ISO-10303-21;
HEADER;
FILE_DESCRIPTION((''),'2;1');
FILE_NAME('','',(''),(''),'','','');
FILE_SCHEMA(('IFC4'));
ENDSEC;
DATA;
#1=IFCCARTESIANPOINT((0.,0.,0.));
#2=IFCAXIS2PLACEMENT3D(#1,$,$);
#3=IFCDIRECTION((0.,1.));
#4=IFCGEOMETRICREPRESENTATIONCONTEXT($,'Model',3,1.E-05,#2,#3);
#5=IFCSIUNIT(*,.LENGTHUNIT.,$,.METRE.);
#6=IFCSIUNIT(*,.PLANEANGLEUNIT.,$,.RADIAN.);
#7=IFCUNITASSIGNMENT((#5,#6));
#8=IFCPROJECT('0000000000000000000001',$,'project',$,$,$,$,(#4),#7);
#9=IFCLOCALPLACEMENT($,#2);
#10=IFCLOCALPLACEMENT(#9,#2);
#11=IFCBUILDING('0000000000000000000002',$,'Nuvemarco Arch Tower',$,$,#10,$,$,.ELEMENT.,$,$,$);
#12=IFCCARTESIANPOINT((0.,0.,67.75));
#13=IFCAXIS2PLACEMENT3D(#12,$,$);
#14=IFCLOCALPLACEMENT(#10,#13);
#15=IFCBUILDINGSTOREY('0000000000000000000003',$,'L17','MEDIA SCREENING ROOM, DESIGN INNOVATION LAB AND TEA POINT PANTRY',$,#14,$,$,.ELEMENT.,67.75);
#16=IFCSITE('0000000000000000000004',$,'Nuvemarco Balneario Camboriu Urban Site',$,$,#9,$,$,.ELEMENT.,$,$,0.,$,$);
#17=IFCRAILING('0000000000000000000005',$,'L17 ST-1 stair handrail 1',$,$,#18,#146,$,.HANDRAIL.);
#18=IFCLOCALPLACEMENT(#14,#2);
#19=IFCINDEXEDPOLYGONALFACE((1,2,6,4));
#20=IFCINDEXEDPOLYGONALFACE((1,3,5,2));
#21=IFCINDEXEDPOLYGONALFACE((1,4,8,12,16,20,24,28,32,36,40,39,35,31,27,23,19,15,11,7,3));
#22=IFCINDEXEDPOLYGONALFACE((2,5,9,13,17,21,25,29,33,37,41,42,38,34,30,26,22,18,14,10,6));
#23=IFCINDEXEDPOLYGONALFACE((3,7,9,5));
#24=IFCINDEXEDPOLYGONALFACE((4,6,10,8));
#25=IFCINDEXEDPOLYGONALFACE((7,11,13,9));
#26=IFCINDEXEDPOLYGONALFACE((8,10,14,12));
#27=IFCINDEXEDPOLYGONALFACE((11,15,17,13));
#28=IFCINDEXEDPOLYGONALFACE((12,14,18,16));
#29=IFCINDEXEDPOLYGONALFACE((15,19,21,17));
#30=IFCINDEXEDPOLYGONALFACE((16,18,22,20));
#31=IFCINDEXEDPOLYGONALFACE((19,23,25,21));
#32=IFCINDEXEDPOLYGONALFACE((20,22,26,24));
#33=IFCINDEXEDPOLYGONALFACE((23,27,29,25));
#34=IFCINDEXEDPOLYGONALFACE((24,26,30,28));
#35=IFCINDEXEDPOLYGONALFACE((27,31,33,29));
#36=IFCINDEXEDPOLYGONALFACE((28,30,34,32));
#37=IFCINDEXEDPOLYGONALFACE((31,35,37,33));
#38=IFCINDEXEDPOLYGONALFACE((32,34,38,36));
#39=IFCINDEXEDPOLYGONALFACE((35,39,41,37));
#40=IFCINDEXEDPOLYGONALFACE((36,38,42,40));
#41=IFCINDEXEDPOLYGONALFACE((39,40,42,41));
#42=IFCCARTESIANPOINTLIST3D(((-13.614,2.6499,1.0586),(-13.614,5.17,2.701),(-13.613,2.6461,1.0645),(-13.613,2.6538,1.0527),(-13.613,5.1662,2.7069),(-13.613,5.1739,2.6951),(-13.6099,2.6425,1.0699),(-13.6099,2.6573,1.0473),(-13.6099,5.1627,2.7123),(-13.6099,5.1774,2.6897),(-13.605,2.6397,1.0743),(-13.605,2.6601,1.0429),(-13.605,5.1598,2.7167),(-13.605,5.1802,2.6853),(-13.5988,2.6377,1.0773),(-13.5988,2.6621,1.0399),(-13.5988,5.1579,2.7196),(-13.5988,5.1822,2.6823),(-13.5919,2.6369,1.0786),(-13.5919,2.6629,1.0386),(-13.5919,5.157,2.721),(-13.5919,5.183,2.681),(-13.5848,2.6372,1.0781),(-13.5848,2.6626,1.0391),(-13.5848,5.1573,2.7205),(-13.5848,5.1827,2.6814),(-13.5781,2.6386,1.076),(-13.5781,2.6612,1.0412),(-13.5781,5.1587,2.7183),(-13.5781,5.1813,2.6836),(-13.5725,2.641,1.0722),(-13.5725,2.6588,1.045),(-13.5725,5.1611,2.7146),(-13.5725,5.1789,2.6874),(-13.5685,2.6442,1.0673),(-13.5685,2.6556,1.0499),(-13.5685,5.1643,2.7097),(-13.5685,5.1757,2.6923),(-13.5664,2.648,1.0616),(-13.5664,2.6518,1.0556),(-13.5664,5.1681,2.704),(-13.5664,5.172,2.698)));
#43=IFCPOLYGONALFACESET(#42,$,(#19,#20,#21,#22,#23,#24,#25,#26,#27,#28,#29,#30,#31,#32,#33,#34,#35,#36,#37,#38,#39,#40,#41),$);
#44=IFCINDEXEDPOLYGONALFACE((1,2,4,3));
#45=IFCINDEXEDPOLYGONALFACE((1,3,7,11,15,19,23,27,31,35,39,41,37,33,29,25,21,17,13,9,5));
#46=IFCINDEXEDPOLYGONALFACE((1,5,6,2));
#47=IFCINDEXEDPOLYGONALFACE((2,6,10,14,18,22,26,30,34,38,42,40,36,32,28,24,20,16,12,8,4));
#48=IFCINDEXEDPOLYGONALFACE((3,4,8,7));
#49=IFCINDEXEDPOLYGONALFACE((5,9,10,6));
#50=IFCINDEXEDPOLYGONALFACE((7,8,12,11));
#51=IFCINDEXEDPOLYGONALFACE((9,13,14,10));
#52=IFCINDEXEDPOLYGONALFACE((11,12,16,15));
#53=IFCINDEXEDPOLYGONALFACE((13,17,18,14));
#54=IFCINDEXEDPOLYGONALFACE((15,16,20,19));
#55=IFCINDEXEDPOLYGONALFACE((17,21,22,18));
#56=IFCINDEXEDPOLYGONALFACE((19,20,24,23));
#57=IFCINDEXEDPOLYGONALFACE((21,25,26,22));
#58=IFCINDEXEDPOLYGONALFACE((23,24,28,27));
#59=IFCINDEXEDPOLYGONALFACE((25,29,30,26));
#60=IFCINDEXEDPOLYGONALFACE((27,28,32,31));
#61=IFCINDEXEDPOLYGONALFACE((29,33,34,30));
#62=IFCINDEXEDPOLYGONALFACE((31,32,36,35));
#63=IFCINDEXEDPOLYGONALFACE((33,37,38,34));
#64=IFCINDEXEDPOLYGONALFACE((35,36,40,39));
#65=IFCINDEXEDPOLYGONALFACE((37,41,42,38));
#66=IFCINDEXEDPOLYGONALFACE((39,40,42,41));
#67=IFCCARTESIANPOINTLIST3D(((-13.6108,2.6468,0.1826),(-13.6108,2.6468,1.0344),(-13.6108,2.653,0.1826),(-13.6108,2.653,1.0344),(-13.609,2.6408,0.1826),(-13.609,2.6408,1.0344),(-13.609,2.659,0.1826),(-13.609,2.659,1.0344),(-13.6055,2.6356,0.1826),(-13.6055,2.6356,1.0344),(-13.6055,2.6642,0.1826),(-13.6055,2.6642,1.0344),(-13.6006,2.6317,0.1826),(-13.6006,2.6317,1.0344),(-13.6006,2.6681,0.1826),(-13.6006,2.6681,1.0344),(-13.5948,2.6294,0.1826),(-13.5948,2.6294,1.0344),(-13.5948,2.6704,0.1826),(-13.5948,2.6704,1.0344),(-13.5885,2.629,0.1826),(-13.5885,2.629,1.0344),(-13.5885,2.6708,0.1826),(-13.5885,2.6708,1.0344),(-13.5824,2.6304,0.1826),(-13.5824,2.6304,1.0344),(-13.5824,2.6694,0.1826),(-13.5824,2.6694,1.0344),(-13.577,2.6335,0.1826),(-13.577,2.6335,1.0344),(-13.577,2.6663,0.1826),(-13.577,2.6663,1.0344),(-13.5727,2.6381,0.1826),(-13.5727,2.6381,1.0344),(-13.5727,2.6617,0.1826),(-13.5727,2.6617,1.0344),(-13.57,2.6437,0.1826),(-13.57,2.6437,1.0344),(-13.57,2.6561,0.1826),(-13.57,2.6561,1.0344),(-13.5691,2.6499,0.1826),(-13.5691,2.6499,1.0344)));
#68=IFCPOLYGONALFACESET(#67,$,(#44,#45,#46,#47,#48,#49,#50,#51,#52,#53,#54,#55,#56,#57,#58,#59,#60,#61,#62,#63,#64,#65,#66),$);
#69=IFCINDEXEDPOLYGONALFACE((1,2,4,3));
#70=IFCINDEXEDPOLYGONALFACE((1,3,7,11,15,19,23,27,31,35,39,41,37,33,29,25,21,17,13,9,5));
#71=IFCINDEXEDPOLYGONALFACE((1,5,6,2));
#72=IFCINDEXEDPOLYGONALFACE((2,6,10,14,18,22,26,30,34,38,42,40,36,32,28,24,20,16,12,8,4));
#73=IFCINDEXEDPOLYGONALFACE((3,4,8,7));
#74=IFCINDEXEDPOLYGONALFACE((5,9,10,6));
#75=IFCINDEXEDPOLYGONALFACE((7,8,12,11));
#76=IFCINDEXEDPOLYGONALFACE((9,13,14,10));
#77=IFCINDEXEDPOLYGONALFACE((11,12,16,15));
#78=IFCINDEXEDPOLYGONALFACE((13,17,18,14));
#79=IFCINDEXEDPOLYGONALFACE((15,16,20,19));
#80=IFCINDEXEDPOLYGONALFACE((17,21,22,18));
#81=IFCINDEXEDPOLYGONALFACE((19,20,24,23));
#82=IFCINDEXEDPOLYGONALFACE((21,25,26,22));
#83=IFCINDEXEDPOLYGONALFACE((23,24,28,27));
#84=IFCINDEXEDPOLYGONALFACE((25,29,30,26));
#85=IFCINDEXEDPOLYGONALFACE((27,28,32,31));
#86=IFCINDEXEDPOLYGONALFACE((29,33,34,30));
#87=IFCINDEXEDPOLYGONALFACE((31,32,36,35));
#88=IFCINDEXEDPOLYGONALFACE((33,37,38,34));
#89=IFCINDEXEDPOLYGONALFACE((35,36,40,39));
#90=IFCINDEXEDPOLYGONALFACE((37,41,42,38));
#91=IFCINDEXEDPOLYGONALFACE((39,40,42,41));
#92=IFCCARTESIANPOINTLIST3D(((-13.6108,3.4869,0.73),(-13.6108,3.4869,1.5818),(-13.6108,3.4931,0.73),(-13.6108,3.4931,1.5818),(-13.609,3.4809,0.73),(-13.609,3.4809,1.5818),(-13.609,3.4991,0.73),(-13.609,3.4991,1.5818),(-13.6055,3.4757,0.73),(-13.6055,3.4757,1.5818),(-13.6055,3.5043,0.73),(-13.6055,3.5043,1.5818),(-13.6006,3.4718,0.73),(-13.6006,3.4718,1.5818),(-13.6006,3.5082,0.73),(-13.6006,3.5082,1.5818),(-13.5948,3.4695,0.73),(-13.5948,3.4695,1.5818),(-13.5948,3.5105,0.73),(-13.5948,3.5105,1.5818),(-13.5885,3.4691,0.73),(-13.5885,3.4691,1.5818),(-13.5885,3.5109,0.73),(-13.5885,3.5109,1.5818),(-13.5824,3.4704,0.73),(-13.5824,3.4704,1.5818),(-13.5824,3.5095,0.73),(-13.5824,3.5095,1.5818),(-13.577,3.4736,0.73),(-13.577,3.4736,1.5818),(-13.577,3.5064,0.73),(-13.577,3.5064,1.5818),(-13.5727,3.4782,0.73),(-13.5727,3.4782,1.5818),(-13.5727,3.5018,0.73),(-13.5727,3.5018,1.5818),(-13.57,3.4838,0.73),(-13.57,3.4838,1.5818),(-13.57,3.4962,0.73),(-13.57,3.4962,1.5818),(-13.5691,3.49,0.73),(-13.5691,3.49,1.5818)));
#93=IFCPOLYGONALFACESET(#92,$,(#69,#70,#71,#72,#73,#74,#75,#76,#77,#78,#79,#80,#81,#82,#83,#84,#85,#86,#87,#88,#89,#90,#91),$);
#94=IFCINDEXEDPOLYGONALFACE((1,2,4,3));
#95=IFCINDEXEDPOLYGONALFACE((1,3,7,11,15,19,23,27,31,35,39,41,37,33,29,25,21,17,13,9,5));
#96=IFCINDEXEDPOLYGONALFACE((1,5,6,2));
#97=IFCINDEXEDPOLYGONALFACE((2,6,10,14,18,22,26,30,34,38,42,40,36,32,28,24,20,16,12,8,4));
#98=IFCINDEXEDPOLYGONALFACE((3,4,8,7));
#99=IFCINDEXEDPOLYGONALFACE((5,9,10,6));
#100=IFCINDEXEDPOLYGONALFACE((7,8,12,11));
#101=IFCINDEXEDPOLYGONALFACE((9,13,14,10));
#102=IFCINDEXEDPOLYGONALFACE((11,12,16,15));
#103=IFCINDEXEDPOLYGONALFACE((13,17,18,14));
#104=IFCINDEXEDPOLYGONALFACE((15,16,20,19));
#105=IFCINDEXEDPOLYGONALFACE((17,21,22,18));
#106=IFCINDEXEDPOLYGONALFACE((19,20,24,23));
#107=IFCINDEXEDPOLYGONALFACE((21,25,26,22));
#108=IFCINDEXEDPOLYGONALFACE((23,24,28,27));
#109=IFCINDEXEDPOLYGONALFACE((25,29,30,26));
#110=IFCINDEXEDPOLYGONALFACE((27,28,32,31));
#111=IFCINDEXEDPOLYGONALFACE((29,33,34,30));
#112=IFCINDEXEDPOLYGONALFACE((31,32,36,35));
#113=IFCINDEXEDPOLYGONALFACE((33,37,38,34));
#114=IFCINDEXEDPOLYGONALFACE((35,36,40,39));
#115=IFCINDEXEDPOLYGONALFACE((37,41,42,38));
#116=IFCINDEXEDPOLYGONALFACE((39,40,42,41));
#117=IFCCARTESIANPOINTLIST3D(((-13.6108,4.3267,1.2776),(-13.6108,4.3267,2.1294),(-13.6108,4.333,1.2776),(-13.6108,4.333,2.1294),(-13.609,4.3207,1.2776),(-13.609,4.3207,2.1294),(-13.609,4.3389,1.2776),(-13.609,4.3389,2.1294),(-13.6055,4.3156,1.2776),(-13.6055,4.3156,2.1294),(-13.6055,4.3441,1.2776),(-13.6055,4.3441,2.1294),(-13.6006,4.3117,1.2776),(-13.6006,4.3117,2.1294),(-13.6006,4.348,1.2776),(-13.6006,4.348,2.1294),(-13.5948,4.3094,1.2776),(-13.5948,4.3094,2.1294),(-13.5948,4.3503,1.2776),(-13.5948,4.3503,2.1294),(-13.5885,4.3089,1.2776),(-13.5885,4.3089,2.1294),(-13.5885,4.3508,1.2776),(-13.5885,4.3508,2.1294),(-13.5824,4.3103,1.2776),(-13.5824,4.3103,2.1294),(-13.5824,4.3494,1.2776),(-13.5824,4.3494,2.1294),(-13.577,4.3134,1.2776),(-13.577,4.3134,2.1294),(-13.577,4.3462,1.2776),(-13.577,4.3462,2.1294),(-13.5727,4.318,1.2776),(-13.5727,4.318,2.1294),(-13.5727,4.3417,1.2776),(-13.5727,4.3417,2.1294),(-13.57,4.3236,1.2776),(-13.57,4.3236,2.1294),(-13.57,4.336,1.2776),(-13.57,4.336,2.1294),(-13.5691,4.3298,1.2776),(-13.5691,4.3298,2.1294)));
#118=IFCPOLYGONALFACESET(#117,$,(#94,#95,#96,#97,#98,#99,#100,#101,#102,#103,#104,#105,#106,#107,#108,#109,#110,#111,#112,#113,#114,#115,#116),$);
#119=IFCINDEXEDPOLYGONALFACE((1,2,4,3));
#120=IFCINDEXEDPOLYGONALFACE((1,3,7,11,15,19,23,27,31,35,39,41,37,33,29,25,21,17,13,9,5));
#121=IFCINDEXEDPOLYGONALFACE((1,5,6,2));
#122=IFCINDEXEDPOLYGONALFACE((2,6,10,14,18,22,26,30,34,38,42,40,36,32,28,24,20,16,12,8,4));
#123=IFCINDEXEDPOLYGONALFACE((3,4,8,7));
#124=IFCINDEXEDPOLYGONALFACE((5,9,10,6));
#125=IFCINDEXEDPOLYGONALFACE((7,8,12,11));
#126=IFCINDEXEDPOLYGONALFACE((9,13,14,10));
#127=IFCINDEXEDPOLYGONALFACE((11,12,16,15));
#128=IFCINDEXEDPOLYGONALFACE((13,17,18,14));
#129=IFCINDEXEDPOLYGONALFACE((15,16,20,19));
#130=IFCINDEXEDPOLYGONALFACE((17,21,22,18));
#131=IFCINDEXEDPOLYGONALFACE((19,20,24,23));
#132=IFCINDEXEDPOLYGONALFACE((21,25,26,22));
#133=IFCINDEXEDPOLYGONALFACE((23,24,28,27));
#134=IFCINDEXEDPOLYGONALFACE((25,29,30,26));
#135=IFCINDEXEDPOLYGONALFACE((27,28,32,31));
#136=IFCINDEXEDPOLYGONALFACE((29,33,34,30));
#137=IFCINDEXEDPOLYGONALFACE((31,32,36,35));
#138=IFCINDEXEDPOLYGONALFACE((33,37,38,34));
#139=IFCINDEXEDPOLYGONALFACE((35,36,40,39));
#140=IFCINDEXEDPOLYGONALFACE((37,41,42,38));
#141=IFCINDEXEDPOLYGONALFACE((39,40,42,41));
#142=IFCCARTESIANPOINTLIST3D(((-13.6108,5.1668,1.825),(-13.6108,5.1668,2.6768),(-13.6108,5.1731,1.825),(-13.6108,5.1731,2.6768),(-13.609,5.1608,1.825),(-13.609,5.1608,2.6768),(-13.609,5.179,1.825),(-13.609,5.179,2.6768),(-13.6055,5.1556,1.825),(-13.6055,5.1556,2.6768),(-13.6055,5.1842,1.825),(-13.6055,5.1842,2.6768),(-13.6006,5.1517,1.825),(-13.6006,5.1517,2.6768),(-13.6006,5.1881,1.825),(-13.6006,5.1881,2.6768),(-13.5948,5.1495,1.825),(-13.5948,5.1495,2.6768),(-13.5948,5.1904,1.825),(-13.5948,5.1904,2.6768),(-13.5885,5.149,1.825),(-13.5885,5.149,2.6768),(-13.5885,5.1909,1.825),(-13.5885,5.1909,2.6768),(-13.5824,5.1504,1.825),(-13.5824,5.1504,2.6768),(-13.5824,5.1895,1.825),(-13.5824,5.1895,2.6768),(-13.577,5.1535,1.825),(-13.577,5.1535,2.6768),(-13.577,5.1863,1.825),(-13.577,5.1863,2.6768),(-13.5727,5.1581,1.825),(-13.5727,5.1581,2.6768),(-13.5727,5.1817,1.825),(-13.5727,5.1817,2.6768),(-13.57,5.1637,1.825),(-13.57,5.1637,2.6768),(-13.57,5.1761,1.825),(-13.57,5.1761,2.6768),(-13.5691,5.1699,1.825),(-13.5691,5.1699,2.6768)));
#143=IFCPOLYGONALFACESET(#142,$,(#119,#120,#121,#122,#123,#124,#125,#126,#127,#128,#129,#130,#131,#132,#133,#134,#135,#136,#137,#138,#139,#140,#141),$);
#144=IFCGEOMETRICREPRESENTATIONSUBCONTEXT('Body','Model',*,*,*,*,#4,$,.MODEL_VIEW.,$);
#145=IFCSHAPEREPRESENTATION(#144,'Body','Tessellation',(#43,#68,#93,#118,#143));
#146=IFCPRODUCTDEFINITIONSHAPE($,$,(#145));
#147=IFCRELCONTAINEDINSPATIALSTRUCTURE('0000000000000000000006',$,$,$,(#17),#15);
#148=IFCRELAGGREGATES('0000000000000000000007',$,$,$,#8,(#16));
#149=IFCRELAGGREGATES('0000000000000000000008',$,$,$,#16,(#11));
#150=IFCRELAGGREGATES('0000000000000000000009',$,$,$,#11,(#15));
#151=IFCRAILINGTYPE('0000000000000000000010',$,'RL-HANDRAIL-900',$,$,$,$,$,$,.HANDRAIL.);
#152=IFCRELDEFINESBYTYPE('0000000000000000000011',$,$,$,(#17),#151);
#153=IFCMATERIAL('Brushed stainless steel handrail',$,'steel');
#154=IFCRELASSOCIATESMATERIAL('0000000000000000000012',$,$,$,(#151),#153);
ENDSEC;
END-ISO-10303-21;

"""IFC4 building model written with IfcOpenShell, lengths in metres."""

from ifc_helpers import new_model, si_unit, direction, frame, origin, origin_2d, place, context, subcontext, project, spatial, circle, extrude, material, type_object, element, save


model = new_model("IFC4")

# Units and contexts
model_context = context("Model", 3, precision=1e-05, world=origin(), true_north=direction((0.0, 1.0)))
body_context = subcontext(model_context, "Body", "Model", "MODEL_VIEW")
ifc_project = project(units=[si_unit("LENGTHUNIT", "METRE"), si_unit("PLANEANGLEUNIT", "RADIAN")], contexts=[model_context])

# Site, building, storey
site_placement = place(None, origin())
site = spatial("IfcSite", under=ifc_project, at=site_placement, Name="Nuvemarco Balneario Camboriu Urban Site", CompositionType="ELEMENT", RefElevation=0.0)
building_placement = place(site_placement, origin())
building = spatial("IfcBuilding", under=site, at=building_placement, Name="Nuvemarco Arch Tower", CompositionType="ELEMENT")
storey_placement = place(building_placement, frame((0.0, 0.0, 67.75)))
storey = spatial("IfcBuildingStorey", under=building, at=storey_placement, Name="L17", Description="MEDIA SCREENING ROOM, DESIGN INNOVATION LAB AND TEA POINT PANTRY", CompositionType="ELEMENT", Elevation=67.75)

# Railing
ifc_material_1 = material(Name="Brushed stainless steel handrail", Category="steel")
railing_type = type_object("IfcRailingType", Name="RL-HANDRAIL-900", PredefinedType="HANDRAIL", material=ifc_material_1)
railing_placement = place(storey_placement, frame((-13.5901, 2.6499, 0.1826)))
element("IfcRailing", 1, at=railing_placement, inside=storey, type_object=railing_type, Name="L17 ST-1 stair handrail 1", PredefinedType="HANDRAIL", context=body_context, shape_type="SweptSolid", body=[
    extrude(circle(Radius=0.0239, at=origin_2d()), frame((0.0, 0.0, 0.876), z_axis=(0.0, 0.837787, 0.545998), x_axis=(-1.0, 0.0, 0.0)), (0.0, 0.0, 1.0), 3.0081),
    extrude(circle(Radius=0.021, at=origin_2d()), origin(), (0.0, 0.0, 1.0), 0.8518),
    extrude(circle(Radius=0.021, at=origin_2d()), frame((0.0, 0.8401, 0.5474)), (0.0, 0.0, 1.0), 0.8518),
    extrude(circle(Radius=0.021, at=origin_2d()), frame((0.0, 1.6799, 1.095)), (0.0, 0.0, 1.0), 0.8518),
    extrude(circle(Radius=0.021, at=origin_2d()), frame((0.0, 2.52, 1.6423)), (0.0, 0.0, 1.0), 0.8518),
])

save(model, "model.ifc")
